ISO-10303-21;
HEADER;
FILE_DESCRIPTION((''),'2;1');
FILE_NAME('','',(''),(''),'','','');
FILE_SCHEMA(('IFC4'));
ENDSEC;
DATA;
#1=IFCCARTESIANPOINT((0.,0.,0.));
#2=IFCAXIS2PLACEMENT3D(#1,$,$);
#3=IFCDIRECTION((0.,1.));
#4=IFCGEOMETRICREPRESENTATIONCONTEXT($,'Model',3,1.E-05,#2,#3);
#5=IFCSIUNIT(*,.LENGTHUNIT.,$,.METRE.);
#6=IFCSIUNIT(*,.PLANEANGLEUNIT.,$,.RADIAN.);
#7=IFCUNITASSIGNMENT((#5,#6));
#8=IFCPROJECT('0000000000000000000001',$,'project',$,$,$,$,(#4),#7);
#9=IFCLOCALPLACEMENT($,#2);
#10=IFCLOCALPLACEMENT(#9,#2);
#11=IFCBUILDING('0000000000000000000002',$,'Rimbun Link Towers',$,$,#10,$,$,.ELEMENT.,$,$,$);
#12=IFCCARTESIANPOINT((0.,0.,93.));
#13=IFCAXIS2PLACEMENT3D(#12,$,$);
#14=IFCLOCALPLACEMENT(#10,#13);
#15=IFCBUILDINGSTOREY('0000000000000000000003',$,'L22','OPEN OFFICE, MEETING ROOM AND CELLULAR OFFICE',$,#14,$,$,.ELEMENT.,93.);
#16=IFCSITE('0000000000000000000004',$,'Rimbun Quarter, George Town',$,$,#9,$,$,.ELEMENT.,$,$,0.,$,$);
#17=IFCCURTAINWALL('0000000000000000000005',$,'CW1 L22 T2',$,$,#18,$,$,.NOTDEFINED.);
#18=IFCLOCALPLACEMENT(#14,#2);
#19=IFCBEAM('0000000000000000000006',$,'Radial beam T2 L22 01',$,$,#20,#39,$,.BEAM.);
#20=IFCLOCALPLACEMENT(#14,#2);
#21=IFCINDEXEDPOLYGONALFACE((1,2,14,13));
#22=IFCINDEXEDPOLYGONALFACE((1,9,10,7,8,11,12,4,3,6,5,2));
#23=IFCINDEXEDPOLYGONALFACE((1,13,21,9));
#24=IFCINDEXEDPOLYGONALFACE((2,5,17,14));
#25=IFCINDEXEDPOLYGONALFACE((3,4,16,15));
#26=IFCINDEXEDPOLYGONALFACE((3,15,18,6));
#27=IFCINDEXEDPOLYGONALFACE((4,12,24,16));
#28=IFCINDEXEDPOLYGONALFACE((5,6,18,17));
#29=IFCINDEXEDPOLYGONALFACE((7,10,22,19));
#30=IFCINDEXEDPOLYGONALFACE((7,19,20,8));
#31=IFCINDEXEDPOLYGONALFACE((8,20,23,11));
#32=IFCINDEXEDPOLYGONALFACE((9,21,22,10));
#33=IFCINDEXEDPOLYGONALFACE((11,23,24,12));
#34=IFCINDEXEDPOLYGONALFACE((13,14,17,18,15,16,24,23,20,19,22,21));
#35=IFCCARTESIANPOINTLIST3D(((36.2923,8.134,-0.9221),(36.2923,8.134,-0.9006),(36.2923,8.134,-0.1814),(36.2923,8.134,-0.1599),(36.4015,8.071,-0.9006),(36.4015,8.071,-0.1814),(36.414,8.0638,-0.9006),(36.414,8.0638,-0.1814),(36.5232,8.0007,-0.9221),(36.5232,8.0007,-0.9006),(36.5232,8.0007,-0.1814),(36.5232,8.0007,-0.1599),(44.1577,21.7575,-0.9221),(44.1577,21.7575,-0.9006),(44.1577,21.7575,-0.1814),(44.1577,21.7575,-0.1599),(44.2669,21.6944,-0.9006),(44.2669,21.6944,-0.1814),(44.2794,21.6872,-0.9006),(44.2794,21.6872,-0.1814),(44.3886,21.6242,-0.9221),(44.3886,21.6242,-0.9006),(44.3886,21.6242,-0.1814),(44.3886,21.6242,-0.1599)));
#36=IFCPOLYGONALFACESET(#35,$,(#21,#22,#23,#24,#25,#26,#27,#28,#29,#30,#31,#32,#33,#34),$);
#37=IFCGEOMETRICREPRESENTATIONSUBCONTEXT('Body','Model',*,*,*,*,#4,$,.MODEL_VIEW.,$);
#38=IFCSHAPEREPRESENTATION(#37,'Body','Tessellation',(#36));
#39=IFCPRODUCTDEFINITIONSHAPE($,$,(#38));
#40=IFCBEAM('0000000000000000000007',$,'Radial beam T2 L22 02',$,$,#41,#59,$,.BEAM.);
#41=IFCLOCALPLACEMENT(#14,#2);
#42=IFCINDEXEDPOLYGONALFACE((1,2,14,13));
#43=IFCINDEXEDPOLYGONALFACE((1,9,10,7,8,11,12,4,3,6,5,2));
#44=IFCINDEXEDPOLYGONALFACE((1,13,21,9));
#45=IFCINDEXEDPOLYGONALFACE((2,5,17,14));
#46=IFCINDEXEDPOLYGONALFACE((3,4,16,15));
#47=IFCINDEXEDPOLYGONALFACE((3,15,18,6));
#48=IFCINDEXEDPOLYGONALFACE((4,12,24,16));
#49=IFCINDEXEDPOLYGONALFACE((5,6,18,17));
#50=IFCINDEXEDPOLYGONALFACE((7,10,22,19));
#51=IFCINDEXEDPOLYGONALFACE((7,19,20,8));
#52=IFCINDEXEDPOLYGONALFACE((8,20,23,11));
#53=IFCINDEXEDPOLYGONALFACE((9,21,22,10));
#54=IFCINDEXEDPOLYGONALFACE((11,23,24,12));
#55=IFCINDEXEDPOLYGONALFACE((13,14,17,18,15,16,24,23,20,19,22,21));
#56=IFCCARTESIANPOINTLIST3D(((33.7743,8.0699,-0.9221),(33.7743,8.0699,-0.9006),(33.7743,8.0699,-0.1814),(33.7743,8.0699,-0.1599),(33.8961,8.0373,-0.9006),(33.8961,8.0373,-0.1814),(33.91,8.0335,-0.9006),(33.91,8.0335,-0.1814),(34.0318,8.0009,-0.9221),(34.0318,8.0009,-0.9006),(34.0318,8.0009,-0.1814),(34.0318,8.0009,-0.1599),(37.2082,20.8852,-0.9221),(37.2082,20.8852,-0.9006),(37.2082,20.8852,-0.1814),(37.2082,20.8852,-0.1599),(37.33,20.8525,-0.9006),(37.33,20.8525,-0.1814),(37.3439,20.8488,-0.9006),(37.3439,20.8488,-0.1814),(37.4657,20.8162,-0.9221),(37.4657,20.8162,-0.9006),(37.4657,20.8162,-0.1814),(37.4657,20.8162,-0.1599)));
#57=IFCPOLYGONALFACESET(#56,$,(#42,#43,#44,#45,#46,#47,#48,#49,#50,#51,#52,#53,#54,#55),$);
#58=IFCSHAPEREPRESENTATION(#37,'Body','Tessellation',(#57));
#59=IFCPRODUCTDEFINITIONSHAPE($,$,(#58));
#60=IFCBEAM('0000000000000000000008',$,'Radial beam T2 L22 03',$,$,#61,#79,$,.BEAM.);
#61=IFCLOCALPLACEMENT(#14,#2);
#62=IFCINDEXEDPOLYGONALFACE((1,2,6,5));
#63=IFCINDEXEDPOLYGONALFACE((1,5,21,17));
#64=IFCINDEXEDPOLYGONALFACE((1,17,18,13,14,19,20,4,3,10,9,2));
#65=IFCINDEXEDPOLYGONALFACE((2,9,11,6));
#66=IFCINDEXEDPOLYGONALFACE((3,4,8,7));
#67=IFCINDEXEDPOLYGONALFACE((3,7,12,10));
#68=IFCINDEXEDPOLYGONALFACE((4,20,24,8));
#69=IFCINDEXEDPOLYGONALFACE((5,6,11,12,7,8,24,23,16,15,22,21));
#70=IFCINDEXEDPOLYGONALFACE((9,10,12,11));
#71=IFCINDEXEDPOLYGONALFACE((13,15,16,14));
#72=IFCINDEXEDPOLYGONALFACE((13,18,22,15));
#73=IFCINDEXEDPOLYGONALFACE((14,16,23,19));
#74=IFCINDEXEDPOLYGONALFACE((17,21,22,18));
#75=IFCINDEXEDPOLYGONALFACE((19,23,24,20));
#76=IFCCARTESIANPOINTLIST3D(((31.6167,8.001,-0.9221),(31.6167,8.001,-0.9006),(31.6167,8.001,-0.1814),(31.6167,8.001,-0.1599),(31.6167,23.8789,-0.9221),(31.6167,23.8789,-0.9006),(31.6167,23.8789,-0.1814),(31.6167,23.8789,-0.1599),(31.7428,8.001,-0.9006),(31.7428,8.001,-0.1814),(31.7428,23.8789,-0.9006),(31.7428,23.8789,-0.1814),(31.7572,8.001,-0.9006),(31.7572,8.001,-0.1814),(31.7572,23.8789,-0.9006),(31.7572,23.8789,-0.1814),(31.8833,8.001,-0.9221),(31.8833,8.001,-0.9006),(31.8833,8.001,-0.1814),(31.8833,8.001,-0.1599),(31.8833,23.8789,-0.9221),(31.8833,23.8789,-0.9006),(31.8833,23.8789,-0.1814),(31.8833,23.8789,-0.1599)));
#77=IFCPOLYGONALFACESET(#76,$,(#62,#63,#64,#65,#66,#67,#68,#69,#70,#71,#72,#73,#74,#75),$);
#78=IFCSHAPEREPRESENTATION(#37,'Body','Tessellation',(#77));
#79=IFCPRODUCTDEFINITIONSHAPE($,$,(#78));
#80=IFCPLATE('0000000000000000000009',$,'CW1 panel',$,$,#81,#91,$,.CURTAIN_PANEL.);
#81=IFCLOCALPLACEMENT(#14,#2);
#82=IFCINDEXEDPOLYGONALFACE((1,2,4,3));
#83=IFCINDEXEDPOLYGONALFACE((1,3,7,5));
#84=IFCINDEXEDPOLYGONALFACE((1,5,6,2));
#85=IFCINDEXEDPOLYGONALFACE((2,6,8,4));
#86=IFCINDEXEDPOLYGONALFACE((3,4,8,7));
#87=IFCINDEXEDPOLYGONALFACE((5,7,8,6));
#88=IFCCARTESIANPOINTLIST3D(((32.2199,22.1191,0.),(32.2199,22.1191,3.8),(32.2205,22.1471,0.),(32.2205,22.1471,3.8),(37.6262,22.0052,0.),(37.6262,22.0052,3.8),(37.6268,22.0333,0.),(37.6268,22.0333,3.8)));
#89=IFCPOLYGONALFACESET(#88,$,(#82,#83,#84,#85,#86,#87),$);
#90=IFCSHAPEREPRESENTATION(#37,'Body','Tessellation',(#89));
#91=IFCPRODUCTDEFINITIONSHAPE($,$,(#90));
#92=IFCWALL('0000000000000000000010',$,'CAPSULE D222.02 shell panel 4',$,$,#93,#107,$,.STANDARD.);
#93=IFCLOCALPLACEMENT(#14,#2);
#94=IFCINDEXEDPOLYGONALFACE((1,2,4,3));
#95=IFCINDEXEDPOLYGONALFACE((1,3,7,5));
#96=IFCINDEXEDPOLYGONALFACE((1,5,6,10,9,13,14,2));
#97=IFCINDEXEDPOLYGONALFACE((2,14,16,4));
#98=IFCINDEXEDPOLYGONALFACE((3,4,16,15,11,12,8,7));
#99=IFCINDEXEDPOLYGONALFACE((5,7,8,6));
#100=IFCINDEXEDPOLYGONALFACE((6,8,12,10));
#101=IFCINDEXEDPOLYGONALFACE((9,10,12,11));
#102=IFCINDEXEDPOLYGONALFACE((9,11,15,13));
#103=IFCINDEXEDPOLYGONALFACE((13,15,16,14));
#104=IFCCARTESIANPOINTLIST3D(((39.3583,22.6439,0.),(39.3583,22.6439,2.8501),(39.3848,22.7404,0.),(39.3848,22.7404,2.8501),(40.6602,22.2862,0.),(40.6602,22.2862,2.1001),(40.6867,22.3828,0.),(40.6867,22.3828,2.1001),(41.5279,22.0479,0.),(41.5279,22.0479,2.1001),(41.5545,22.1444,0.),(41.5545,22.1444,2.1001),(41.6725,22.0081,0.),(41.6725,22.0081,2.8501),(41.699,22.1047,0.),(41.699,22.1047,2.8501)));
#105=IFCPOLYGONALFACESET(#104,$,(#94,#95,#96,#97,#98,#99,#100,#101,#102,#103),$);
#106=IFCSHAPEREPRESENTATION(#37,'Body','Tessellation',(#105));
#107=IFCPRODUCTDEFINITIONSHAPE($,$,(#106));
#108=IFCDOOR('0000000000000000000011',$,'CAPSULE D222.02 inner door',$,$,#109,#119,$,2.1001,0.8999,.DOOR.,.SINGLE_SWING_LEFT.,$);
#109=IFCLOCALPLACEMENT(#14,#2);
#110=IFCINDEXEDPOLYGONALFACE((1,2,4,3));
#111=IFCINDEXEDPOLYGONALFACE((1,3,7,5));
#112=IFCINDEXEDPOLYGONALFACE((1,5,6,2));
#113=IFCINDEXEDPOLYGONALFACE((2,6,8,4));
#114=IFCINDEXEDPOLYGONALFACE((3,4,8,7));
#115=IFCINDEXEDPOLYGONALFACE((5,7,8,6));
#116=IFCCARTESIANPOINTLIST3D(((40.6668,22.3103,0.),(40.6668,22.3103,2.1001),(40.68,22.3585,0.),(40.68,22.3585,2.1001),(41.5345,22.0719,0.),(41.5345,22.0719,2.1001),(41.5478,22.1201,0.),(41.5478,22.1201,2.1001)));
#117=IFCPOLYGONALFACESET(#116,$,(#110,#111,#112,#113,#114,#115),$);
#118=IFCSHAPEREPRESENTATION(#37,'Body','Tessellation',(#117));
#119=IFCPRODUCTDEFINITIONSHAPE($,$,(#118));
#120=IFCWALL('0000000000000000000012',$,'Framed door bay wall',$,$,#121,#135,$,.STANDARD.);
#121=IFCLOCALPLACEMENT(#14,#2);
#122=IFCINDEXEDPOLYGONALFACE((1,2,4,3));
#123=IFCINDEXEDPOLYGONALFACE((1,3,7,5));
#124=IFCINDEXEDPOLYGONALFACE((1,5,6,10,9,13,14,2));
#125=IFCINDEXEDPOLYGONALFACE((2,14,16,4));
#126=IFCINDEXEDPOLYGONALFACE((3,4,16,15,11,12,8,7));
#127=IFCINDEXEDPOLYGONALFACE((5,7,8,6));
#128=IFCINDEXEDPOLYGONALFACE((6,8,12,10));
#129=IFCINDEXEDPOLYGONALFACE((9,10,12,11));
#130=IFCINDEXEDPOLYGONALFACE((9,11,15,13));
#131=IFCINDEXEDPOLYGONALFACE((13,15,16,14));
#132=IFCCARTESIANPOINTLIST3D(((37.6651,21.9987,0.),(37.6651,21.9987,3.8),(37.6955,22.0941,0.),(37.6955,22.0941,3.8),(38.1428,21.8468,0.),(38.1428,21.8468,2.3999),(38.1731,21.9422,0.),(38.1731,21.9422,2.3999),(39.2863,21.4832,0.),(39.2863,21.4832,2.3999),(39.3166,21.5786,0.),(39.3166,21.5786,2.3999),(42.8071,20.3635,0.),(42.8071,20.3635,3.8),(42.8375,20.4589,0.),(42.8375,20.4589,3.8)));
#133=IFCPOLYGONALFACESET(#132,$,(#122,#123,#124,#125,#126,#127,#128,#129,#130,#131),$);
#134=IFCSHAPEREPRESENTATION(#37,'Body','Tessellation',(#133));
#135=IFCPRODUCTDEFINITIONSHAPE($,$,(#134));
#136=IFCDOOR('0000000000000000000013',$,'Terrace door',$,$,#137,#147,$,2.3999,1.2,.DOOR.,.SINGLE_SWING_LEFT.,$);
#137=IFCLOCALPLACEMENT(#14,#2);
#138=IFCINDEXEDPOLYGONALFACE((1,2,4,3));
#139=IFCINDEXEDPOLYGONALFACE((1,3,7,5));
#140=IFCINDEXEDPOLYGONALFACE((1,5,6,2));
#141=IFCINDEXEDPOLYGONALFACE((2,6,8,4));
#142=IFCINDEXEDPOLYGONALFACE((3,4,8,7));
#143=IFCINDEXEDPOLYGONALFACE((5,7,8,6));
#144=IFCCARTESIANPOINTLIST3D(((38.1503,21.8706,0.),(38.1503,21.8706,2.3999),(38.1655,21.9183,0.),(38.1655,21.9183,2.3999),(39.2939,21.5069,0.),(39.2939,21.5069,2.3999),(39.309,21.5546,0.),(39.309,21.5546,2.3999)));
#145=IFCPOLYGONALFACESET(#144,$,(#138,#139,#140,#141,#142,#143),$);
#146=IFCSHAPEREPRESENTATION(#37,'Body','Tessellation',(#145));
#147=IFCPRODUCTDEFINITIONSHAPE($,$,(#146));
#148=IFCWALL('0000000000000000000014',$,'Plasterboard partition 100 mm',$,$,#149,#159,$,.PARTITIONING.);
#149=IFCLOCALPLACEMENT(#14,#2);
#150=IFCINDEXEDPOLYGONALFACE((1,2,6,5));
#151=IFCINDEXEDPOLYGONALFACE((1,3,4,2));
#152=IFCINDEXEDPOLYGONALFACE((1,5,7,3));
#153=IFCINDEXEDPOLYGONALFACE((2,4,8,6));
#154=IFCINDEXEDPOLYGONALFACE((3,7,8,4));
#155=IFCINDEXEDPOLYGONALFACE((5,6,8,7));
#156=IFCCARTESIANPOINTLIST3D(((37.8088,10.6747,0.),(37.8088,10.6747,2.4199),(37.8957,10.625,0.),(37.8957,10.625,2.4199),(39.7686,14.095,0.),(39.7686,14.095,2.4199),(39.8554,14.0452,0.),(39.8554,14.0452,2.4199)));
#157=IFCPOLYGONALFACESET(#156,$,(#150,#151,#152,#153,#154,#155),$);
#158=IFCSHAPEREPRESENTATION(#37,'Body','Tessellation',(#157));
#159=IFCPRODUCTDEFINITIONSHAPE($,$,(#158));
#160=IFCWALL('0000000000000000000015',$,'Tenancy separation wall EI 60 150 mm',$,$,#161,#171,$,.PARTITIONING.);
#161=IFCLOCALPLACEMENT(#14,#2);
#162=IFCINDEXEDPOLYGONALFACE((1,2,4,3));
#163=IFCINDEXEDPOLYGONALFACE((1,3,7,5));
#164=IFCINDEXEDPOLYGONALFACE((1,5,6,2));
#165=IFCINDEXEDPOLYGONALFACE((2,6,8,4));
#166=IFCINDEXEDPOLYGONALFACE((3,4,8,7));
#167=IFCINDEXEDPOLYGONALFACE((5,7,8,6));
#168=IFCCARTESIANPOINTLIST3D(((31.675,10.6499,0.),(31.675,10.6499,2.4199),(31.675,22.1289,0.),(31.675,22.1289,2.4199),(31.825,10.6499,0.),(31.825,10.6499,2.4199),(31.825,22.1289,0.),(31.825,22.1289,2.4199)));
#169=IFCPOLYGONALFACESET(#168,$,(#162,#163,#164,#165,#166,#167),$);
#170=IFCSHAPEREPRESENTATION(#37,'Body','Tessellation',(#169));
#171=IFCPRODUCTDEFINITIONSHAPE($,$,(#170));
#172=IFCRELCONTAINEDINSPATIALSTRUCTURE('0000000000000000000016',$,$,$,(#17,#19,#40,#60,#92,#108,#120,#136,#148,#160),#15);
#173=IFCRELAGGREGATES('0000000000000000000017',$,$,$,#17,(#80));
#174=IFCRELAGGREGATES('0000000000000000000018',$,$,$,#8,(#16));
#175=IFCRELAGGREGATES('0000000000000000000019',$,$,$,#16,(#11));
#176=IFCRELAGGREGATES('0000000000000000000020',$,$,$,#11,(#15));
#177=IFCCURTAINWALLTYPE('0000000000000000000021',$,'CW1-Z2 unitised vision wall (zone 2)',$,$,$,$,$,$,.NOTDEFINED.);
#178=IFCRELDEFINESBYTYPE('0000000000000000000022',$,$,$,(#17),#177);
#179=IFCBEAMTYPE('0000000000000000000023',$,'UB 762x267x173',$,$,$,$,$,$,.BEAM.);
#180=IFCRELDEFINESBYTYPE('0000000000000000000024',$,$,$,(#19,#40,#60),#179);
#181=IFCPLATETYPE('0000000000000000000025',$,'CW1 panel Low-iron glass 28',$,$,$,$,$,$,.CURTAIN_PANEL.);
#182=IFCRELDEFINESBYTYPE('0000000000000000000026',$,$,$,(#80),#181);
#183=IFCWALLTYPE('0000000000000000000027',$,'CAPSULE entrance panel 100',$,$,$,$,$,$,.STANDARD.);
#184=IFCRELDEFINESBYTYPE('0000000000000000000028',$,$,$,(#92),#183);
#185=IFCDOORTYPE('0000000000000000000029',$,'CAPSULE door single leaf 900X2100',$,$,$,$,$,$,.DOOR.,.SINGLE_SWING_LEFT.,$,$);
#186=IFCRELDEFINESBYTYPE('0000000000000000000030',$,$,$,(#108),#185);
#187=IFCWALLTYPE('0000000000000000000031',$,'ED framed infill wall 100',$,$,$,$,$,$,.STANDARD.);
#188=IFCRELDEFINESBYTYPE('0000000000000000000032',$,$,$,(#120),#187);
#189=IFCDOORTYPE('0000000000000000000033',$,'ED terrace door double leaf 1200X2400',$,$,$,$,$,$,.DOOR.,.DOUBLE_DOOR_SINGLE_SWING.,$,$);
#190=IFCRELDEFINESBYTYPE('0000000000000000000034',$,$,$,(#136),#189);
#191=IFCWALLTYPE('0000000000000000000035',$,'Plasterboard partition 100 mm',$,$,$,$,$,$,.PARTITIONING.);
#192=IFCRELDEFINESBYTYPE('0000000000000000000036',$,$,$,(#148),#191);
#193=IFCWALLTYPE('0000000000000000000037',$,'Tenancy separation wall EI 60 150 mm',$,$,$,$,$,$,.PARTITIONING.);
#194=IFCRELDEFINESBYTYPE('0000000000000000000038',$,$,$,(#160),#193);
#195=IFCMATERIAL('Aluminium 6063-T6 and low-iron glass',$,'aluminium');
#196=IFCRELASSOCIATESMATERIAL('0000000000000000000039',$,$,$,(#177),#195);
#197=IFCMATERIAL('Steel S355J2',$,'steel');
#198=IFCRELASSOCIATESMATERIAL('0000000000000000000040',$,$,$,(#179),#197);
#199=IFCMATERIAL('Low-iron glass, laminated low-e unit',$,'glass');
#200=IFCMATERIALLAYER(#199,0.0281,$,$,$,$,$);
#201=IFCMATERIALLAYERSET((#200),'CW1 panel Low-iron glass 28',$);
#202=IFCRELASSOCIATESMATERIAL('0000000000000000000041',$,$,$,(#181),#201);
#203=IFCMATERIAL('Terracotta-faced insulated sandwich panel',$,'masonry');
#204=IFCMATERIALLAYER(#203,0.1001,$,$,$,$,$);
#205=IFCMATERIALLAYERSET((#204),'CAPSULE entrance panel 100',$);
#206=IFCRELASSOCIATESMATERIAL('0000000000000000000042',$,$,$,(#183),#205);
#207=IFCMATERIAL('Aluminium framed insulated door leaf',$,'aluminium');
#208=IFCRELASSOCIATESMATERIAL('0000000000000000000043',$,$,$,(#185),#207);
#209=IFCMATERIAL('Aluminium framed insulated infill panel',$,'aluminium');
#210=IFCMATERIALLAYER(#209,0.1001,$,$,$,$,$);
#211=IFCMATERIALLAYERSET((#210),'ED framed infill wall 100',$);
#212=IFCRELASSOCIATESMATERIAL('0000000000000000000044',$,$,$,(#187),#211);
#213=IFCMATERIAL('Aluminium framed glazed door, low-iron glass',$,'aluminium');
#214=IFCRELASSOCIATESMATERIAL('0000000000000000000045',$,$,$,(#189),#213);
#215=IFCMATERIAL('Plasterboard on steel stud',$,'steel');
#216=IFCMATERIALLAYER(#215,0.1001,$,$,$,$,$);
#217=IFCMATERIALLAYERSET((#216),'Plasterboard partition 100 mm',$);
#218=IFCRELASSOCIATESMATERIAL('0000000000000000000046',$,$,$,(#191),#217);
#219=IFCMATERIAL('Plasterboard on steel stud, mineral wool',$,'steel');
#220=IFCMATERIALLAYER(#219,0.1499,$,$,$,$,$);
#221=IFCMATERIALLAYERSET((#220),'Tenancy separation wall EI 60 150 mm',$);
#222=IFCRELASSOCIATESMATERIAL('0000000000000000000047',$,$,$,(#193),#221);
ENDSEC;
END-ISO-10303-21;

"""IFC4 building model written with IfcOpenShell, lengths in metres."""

from ifc_helpers import new_model, si_unit, direction, frame, frame_2d, origin, origin_2d, place, context, subcontext, project, spatial, rectangle, i_section, extrude, material, layer, layer_set, material_profile, profile_set, type_object, element, fill, aggregate, save


model = new_model("IFC4")

# Units and contexts
model_context = context("Model", 3, precision=1e-05, world=origin(), true_north=direction((0.0, 1.0)))
body_context = subcontext(model_context, "Body", "Model", "MODEL_VIEW")
ifc_project = project(units=[si_unit("LENGTHUNIT", "METRE"), si_unit("PLANEANGLEUNIT", "RADIAN")], contexts=[model_context])

# Site, building, storey
site_placement = place(None, origin())
site = spatial("IfcSite", under=ifc_project, at=site_placement, Name="Rimbun Quarter, George Town", CompositionType="ELEMENT", RefElevation=0.0)
building_placement = place(site_placement, origin())
building = spatial("IfcBuilding", under=site, at=building_placement, Name="Rimbun Link Towers", CompositionType="ELEMENT")
storey_placement = place(building_placement, frame((0.0, 0.0, 93.0)))
storey = spatial("IfcBuildingStorey", under=building, at=storey_placement, Name="L22", Description="OPEN OFFICE, MEETING ROOM AND CELLULAR OFFICE", CompositionType="ELEMENT", Elevation=93.0)

# Curtain wall
ifc_material_1 = material(Name="Aluminium 6063-T6 and low-iron glass", Category="aluminium")
curtain_wall_type = type_object("IfcCurtainWallType", Name="CW1-Z2 unitised vision wall (zone 2)", PredefinedType="NOTDEFINED", material=ifc_material_1)
curtain_wall_placement = place(storey_placement, origin())
curtain_wall = element("IfcCurtainWall", 1, at=curtain_wall_placement, inside=storey, type_object=curtain_wall_type, Name="CW1 L22 T2", PredefinedType="NOTDEFINED")

# Beams
ifc_material_2 = material(Name="Steel S355J2", Category="steel")
ifc_material_profile_1 = material_profile(ifc_material_2, i_section(OverallWidth=0.2666, OverallDepth=0.7622, WebThickness=0.0144, FlangeThickness=0.0215, at=origin_2d()), Name="UB 762x267x173")
ifc_profile_set_1 = profile_set([ifc_material_profile_1], Name="Steel S355J2")
beam_type_1 = type_object("IfcBeamType", Name="UB 762x267x173", PredefinedType="BEAM", material=ifc_profile_set_1)
beam_1_placement = place(storey_placement, frame((36.4077, 8.0674, -0.541), z_axis=(0.499997, 0.866027, 0.0), x_axis=(-0.866027, 0.499997, 0.0)))
element("IfcBeam", 2, at=beam_1_placement, inside=storey, type_object=beam_type_1, Name="Radial beam T2 L22 01", PredefinedType="BEAM", context=body_context, shape_type="SweptSolid", body=[
    extrude(i_section(OverallWidth=0.2666, OverallDepth=0.7622, WebThickness=0.0144, FlangeThickness=0.0215, at=origin_2d()), origin(), (0.0, 0.0, 1.0), 15.731),
])
beam_2_placement = place(storey_placement, frame((33.9031, 8.0354, -0.541), z_axis=(0.25882, 0.965925, 0.0), x_axis=(-0.965925, 0.25882, 0.0)))
element("IfcBeam", 3, at=beam_2_placement, inside=storey, type_object=beam_type_1, Name="Radial beam T2 L22 02", PredefinedType="BEAM", context=body_context, shape_type="SweptSolid", body=[
    extrude(i_section(OverallWidth=0.2666, OverallDepth=0.7622, WebThickness=0.0144, FlangeThickness=0.0215, at=origin_2d()), origin(), (0.0, 0.0, 1.0), 13.2673),
])
beam_3_placement = place(storey_placement, frame((31.75, 8.001, -0.541), z_axis=(0.0, 1.0, 0.0), x_axis=(-1.0, 0.0, 0.0)))
element("IfcBeam", 4, at=beam_3_placement, inside=storey, type_object=beam_type_1, Name="Radial beam T2 L22 03", PredefinedType="BEAM", context=body_context, shape_type="SweptSolid", body=[
    extrude(i_section(OverallWidth=0.2666, OverallDepth=0.7622, WebThickness=0.0144, FlangeThickness=0.0215, at=origin_2d()), origin(), (0.0, 0.0, 1.0), 15.8779),
])

# Plate
ifc_material_3 = material(Name="Low-iron glass, laminated low-e unit", Category="glass")
ifc_layer_1 = layer(ifc_material_3, 0.0281)
ifc_layer_set_1 = layer_set([ifc_layer_1], Name="CW1 panel Low-iron glass 28")
plate_type = type_object("IfcPlateType", Name="CW1 panel Low-iron glass 28", PredefinedType="CURTAIN_PANEL", material=ifc_layer_set_1)
plate_placement = place(storey_placement, frame((34.9233, 22.0762, 0.0), z_axis=(0.0, 0.0, 1.0), x_axis=(0.999778, -0.02106, 0.0)))
plate = element("IfcPlate", 5, at=plate_placement, type_object=plate_type, Name="CW1 panel", PredefinedType="CURTAIN_PANEL", context=body_context, shape_type="SweptSolid", body=[
    extrude(rectangle(XDim=5.4075, YDim=0.0281, at=origin_2d()), origin(), (0.0, 0.0, 1.0), 3.8),
])
aggregate(curtain_wall, [plate])

# Walls, openings, doors
ifc_material_4 = material(Name="Terracotta-faced insulated sandwich panel", Category="masonry")
ifc_layer_2 = layer(ifc_material_4, 0.1001)
ifc_layer_set_2 = layer_set([ifc_layer_2], Name="CAPSULE entrance panel 100")
wall_type_1 = type_object("IfcWallType", Name="CAPSULE entrance panel 100", PredefinedType="STANDARD", material=ifc_layer_set_2)
wall_1_placement = place(storey_placement, frame((39.3716, 22.6921, 0.0), z_axis=(0.0, 0.0, 1.0), x_axis=(0.964276, -0.264899, 0.0)))
wall_1 = element("IfcWall", 6, at=wall_1_placement, inside=storey, type_object=wall_type_1, Name="CAPSULE D222.02 shell panel 4", PredefinedType="STANDARD", context=body_context, shape_type="SweptSolid", body=[
    extrude(rectangle(XDim=2.3999, YDim=0.1001, at=frame_2d((1.2, 0.0))), origin(), (0.0, 0.0, 1.0), 2.8501),
])
opening_1_placement = place(wall_1_placement, frame((1.3501, 0.0, 0.0)))
opening_1 = element("IfcOpeningElement", 7, at=opening_1_placement, cuts=wall_1, PredefinedType="OPENING", context=body_context, shape_type="SweptSolid", body=[
    extrude(rectangle(XDim=0.8999, YDim=2.1001, at=frame_2d((0.45, 1.05))), frame((0.0, 0.0601, 0.0), z_axis=(0.0, -1.0, 0.0), x_axis=(1.0, 0.0, 0.0)), (0.0, 0.0, 1.0), 0.1201),
])
ifc_material_5 = material(Name="Aluminium framed insulated door leaf", Category="aluminium")
door_type_1 = type_object("IfcDoorType", Name="CAPSULE door single leaf 900X2100", OperationType="SINGLE_SWING_LEFT", PredefinedType="DOOR", material=ifc_material_5)
door_1_placement = place(opening_1_placement, origin())
door_1 = element("IfcDoor", 8, at=door_1_placement, inside=storey, type_object=door_type_1, Name="CAPSULE D222.02 inner door", OperationType="SINGLE_SWING_LEFT", OverallHeight=2.1001, OverallWidth=0.8999, PredefinedType="DOOR", context=body_context, shape_type="SweptSolid", body=[
    extrude(rectangle(XDim=0.8999, YDim=2.1001, at=frame_2d((0.45, 1.05))), frame((0.0, 0.0249, 0.0), z_axis=(0.0, -1.0, 0.0), x_axis=(1.0, 0.0, 0.0)), (0.0, 0.0, 1.0), 0.05),
])
fill(opening_1, door_1)
ifc_material_6 = material(Name="Aluminium framed insulated infill panel", Category="aluminium")
ifc_layer_3 = layer(ifc_material_6, 0.1001)
ifc_layer_set_3 = layer_set([ifc_layer_3], Name="ED framed infill wall 100")
wall_type_2 = type_object("IfcWallType", Name="ED framed infill wall 100", PredefinedType="STANDARD", material=ifc_layer_set_3)
wall_2_placement = place(storey_placement, frame((37.6804, 22.0464, 0.0), z_axis=(0.0, 0.0, 1.0), x_axis=(0.952972, -0.303058, 0.0)))
wall_2 = element("IfcWall", 9, at=wall_2_placement, inside=storey, type_object=wall_type_2, Name="Framed door bay wall", PredefinedType="STANDARD", context=body_context, shape_type="SweptSolid", body=[
    extrude(rectangle(XDim=5.3958, YDim=0.1001, at=frame_2d((2.6978, 0.0))), origin(), (0.0, 0.0, 1.0), 3.8),
])
opening_2_placement = place(wall_2_placement, frame((0.501, 0.0, 0.0)))
opening_2 = element("IfcOpeningElement", 10, at=opening_2_placement, cuts=wall_2, PredefinedType="OPENING", context=body_context, shape_type="SweptSolid", body=[
    extrude(rectangle(XDim=1.2, YDim=2.3999, at=frame_2d((0.6001, 1.2))), frame((0.0, 0.0601, 0.0), z_axis=(0.0, -1.0, 0.0), x_axis=(1.0, 0.0, 0.0)), (0.0, 0.0, 1.0), 0.1201),
])
ifc_material_7 = material(Name="Aluminium framed glazed door, low-iron glass", Category="aluminium")
door_type_2 = type_object("IfcDoorType", Name="ED terrace door double leaf 1200X2400", OperationType="DOUBLE_DOOR_SINGLE_SWING", PredefinedType="DOOR", material=ifc_material_7)
door_2_placement = place(opening_2_placement, origin())
door_2 = element("IfcDoor", 11, at=door_2_placement, inside=storey, type_object=door_type_2, Name="Terrace door", OperationType="SINGLE_SWING_LEFT", OverallHeight=2.3999, OverallWidth=1.2, PredefinedType="DOOR", context=body_context, shape_type="SweptSolid", body=[
    extrude(rectangle(XDim=1.2, YDim=2.3999, at=frame_2d((0.6001, 1.2))), frame((0.0, 0.0249, 0.0), z_axis=(0.0, -1.0, 0.0), x_axis=(1.0, 0.0, 0.0)), (0.0, 0.0, 1.0), 0.05),
])
fill(opening_2, door_2)

# Walls
ifc_material_8 = material(Name="Plasterboard on steel stud", Category="steel")
ifc_layer_4 = layer(ifc_material_8, 0.1001)
ifc_layer_set_4 = layer_set([ifc_layer_4], Name="Plasterboard partition 100 mm")
wall_type_3 = type_object("IfcWallType", Name="Plasterboard partition 100 mm", PredefinedType="PARTITIONING", material=ifc_layer_set_4)
wall_3_placement = place(storey_placement, frame((39.812, 14.0701, 0.0), z_axis=(0.0, 0.0, 1.0), x_axis=(-0.497159, -0.867659, 0.0)))
element("IfcWall", 12, at=wall_3_placement, inside=storey, type_object=wall_type_3, Name="Plasterboard partition 100 mm", PredefinedType="PARTITIONING", context=body_context, shape_type="SweptSolid", body=[
    extrude(rectangle(XDim=3.9419, YDim=0.1001, at=frame_2d((1.9709, 0.0))), origin(), (0.0, 0.0, 1.0), 2.4199),
])
ifc_material_9 = material(Name="Plasterboard on steel stud, mineral wool", Category="steel")
ifc_layer_5 = layer(ifc_material_9, 0.1499)
ifc_layer_set_5 = layer_set([ifc_layer_5], Name="Tenancy separation wall EI 60 150 mm")
wall_type_4 = type_object("IfcWallType", Name="Tenancy separation wall EI 60 150 mm", PredefinedType="PARTITIONING", material=ifc_layer_set_5)
wall_4_placement = place(storey_placement, frame((31.75, 10.6499, 0.0), z_axis=(0.0, 0.0, 1.0), x_axis=(0.0, 1.0, 0.0)))
element("IfcWall", 13, at=wall_4_placement, inside=storey, type_object=wall_type_4, Name="Tenancy separation wall EI 60 150 mm", PredefinedType="PARTITIONING", context=body_context, shape_type="SweptSolid", body=[
    extrude(rectangle(XDim=11.479, YDim=0.1499, at=frame_2d((5.7395, 0.0))), origin(), (0.0, 0.0, 1.0), 2.4199),
])

save(model, "model.ifc")
